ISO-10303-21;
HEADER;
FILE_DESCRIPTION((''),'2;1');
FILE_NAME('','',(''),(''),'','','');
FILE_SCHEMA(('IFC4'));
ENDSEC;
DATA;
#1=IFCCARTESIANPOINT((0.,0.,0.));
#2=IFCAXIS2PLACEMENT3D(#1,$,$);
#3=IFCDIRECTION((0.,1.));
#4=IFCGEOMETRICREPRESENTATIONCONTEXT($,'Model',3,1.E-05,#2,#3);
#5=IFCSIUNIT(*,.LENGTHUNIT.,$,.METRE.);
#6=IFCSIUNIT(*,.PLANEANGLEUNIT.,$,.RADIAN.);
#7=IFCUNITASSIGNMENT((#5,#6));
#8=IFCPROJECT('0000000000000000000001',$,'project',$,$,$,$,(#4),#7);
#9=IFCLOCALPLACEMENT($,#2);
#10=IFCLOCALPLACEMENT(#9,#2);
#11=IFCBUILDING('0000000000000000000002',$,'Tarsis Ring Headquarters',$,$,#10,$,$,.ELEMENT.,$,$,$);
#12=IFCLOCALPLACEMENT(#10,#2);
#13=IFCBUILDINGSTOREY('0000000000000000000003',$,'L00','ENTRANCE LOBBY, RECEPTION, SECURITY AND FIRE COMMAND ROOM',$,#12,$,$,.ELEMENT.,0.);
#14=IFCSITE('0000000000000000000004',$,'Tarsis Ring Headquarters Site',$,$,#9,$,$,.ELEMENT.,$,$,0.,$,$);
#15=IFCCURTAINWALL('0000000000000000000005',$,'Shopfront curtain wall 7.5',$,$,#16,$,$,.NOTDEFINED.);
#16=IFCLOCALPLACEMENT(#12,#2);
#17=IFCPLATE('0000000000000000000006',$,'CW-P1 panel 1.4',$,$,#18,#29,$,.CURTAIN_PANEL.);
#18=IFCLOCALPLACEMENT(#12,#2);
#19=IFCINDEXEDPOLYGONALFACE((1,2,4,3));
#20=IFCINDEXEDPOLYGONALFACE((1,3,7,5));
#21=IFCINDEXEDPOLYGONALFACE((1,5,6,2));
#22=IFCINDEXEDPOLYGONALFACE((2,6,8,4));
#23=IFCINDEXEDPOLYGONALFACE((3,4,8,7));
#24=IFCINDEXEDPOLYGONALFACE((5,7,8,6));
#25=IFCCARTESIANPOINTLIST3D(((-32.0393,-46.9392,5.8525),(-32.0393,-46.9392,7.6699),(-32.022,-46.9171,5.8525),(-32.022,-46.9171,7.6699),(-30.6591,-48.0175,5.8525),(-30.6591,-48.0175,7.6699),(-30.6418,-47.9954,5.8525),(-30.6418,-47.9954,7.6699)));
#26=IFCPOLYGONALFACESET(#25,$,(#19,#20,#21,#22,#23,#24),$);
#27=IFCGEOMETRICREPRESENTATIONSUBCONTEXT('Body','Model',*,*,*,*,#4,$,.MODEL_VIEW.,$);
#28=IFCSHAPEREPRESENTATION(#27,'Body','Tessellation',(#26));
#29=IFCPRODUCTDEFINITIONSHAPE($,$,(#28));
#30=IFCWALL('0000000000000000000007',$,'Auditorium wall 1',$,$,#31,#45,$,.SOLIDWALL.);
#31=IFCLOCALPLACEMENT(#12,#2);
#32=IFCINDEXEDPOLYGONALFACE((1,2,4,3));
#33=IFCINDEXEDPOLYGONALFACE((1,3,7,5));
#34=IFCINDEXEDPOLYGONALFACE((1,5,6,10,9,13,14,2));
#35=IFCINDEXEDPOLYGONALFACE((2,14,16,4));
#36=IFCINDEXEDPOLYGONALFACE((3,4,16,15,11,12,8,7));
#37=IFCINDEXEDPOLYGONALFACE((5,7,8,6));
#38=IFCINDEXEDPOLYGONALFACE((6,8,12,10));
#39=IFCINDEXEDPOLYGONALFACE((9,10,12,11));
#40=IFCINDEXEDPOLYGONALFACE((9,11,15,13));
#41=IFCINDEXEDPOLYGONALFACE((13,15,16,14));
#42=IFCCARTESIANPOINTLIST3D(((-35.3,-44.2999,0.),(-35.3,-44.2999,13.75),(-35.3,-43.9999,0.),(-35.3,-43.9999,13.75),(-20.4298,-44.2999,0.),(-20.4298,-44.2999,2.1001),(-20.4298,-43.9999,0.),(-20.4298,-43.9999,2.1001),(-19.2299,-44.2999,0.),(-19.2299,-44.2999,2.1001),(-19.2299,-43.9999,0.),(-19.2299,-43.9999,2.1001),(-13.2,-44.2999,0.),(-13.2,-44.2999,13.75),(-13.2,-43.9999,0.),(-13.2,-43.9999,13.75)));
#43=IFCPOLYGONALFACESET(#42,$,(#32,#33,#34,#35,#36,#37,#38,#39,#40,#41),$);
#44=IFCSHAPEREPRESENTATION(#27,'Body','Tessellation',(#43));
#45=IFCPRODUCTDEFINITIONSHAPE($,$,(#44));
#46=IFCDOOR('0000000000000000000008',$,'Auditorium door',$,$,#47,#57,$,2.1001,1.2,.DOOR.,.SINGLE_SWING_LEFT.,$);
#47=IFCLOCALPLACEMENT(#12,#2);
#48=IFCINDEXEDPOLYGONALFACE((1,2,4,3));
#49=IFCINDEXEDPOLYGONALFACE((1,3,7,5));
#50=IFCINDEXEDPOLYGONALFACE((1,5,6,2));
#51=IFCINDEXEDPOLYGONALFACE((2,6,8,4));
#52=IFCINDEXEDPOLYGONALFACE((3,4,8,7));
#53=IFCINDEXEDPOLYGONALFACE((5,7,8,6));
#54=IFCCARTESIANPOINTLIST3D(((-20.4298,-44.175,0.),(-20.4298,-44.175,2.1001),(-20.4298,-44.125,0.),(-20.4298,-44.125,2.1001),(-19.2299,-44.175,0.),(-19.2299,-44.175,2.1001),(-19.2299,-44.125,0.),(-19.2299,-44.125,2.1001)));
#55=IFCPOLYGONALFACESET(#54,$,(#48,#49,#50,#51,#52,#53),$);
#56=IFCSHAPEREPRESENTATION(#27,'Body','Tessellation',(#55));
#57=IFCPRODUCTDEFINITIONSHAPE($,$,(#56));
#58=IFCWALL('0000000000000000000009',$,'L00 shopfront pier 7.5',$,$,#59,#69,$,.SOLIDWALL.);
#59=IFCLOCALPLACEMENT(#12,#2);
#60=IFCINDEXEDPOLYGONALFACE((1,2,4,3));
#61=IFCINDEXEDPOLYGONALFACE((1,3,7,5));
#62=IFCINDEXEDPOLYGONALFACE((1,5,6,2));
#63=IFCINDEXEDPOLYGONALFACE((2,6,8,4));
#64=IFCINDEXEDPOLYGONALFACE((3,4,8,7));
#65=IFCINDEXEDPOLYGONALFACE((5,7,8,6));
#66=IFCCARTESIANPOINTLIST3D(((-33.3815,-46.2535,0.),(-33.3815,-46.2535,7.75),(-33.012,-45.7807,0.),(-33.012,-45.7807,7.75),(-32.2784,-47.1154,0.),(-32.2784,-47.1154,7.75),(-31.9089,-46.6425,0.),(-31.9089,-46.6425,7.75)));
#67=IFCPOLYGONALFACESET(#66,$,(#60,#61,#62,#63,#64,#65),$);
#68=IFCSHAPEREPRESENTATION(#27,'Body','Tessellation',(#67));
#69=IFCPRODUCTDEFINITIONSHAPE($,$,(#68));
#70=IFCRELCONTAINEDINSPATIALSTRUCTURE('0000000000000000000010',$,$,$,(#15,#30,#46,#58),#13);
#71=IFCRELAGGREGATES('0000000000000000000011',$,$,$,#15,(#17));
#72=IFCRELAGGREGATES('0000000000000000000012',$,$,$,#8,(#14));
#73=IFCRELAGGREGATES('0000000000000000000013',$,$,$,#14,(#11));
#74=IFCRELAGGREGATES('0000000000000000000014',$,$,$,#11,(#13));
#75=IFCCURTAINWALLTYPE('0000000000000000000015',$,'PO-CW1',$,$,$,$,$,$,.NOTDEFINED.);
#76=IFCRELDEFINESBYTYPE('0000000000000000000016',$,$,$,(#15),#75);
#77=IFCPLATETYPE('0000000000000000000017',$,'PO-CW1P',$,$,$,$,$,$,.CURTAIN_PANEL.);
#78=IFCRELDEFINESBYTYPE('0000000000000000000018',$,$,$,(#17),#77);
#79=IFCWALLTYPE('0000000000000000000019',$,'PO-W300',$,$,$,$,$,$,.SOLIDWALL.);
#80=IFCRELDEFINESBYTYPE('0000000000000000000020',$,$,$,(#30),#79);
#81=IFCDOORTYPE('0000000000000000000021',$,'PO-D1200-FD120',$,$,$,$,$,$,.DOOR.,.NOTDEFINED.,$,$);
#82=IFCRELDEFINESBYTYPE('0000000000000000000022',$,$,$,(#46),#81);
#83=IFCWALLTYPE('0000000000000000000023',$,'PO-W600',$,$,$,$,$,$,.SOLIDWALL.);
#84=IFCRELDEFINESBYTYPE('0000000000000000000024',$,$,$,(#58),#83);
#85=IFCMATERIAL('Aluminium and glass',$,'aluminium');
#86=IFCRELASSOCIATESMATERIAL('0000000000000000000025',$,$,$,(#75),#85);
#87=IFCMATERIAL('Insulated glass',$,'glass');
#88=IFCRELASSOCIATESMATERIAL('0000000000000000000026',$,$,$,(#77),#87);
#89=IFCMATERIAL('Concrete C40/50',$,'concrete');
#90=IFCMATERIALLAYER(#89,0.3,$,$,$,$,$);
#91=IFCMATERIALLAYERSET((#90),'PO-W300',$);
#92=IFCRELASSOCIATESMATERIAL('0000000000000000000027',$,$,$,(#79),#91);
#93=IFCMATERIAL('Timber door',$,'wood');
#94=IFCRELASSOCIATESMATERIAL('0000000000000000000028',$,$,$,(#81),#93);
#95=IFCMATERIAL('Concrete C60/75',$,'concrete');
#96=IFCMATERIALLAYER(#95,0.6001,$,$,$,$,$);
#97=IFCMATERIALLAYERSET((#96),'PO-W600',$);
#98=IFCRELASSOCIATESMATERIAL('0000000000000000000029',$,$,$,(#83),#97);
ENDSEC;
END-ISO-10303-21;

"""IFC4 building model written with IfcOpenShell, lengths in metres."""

from ifc_helpers import new_model, si_unit, direction, frame, frame_2d, origin, origin_2d, place, context, subcontext, project, spatial, rectangle, extrude, material, layer, layer_set, type_object, element, fill, aggregate, save


model = new_model("IFC4")

# Units and contexts
model_context = context("Model", 3, precision=1e-05, world=origin(), true_north=direction((0.0, 1.0)))
body_context = subcontext(model_context, "Body", "Model", "MODEL_VIEW")
ifc_project = project(units=[si_unit("LENGTHUNIT", "METRE"), si_unit("PLANEANGLEUNIT", "RADIAN")], contexts=[model_context])

# Site, building, storey
site_placement = place(None, origin())
site = spatial("IfcSite", under=ifc_project, at=site_placement, Name="Tarsis Ring Headquarters Site", CompositionType="ELEMENT", RefElevation=0.0)
building_placement = place(site_placement, origin())
building = spatial("IfcBuilding", under=site, at=building_placement, Name="Tarsis Ring Headquarters", CompositionType="ELEMENT")
storey_placement = place(building_placement, origin())
storey = spatial("IfcBuildingStorey", under=building, at=storey_placement, Name="L00", Description="ENTRANCE LOBBY, RECEPTION, SECURITY AND FIRE COMMAND ROOM", CompositionType="ELEMENT", Elevation=0.0)

# Shared definitions
ifc_material_1 = material(Name="Concrete C40/50", Category="concrete")

# Shared definitions
ifc_material_2 = material(Name="Aluminium and glass", Category="aluminium")
curtain_wall_type = type_object("IfcCurtainWallType", Name="PO-CW1", PredefinedType="NOTDEFINED", material=ifc_material_2)

# Curtain wall
curtain_wall_1_placement = place(storey_placement, origin())
curtain_wall_1 = element("IfcCurtainWall", 1, at=curtain_wall_1_placement, inside=storey, type_object=curtain_wall_type, Name="Shopfront curtain wall 7.5", PredefinedType="NOTDEFINED")

# Plate
ifc_material_3 = material(Name="Insulated glass", Category="glass")
plate_type = type_object("IfcPlateType", Name="PO-CW1P", PredefinedType="CURTAIN_PANEL", material=ifc_material_3)
plate_1_placement = place(storey_placement, frame((-31.3406, -47.4673, 5.8525), z_axis=(0.0, 0.0, 1.0), x_axis=(0.788011, -0.615661, 0.0)))
plate_1 = element("IfcPlate", 2, at=plate_1_placement, type_object=plate_type, Name="CW-P1 panel 1.4", PredefinedType="CURTAIN_PANEL", context=body_context, shape_type="SweptSolid", body=[
    extrude(rectangle(XDim=1.7515, YDim=0.0281, at=origin_2d()), origin(), (0.0, 0.0, 1.0), 1.8174),
])
aggregate(curtain_wall_1, [plate_1])

# Wall, opening, door
ifc_layer_1 = layer(ifc_material_1, 0.3)
ifc_layer_set_1 = layer_set([ifc_layer_1], Name="PO-W300")
wall_type_1 = type_object("IfcWallType", Name="PO-W300", PredefinedType="SOLIDWALL", material=ifc_layer_set_1)
wall_1_placement = place(storey_placement, frame((-35.3, -44.1499, 0.0), z_axis=(0.0, 0.0, 1.0), x_axis=(1.0, 0.0, 0.0)))
wall_1 = element("IfcWall", 3, at=wall_1_placement, inside=storey, type_object=wall_type_1, Name="Auditorium wall 1", PredefinedType="SOLIDWALL", context=body_context, shape_type="SweptSolid", body=[
    extrude(rectangle(XDim=22.1001, YDim=0.3, at=frame_2d((11.05, 0.0))), origin(), (0.0, 0.0, 1.0), 13.75),
])
opening_placement = place(wall_1_placement, frame((14.8701, 0.0, 0.0)))
opening = element("IfcOpeningElement", 4, at=opening_placement, cuts=wall_1, PredefinedType="OPENING", context=body_context, shape_type="SweptSolid", body=[
    extrude(rectangle(XDim=1.2, YDim=2.1001, at=frame_2d((0.6001, 1.05))), frame((0.0, 0.1599, 0.0), z_axis=(0.0, -1.0, 0.0), x_axis=(1.0, 0.0, 0.0)), (0.0, 0.0, 1.0), 0.3201),
])
ifc_material_4 = material(Name="Timber door", Category="wood")
door_type = type_object("IfcDoorType", Name="PO-D1200-FD120", OperationType="NOTDEFINED", PredefinedType="DOOR", material=ifc_material_4)
door_placement = place(opening_placement, origin())
door = element("IfcDoor", 5, at=door_placement, inside=storey, type_object=door_type, Name="Auditorium door", OperationType="SINGLE_SWING_LEFT", OverallHeight=2.1001, OverallWidth=1.2, PredefinedType="DOOR", context=body_context, shape_type="SweptSolid", body=[
    extrude(rectangle(XDim=1.2, YDim=2.1001, at=frame_2d((0.6001, 1.05))), frame((0.0, 0.0249, 0.0), z_axis=(0.0, -1.0, 0.0), x_axis=(1.0, 0.0, 0.0)), (0.0, 0.0, 1.0), 0.05),
])
fill(opening, door)

# Wall
ifc_material_5 = material(Name="Concrete C60/75", Category="concrete")
ifc_layer_2 = layer(ifc_material_5, 0.6001)
ifc_layer_set_2 = layer_set([ifc_layer_2], Name="PO-W600")
wall_type_2 = type_object("IfcWallType", Name="PO-W600", PredefinedType="SOLIDWALL", material=ifc_layer_set_2)
wall_2_placement = place(storey_placement, frame((-33.1968, -46.0171, 0.0), z_axis=(0.0, 0.0, 1.0), x_axis=(0.787998, -0.615678, 0.0)))
element("IfcWall", 6, at=wall_2_placement, inside=storey, type_object=wall_type_2, Name="L00 shopfront pier 7.5", PredefinedType="SOLIDWALL", context=body_context, shape_type="SweptSolid", body=[
    extrude(rectangle(XDim=1.3999, YDim=0.6001, at=frame_2d((0.7, 0.0))), origin(), (0.0, 0.0, 1.0), 7.75),
])

save(model, "model.ifc")
